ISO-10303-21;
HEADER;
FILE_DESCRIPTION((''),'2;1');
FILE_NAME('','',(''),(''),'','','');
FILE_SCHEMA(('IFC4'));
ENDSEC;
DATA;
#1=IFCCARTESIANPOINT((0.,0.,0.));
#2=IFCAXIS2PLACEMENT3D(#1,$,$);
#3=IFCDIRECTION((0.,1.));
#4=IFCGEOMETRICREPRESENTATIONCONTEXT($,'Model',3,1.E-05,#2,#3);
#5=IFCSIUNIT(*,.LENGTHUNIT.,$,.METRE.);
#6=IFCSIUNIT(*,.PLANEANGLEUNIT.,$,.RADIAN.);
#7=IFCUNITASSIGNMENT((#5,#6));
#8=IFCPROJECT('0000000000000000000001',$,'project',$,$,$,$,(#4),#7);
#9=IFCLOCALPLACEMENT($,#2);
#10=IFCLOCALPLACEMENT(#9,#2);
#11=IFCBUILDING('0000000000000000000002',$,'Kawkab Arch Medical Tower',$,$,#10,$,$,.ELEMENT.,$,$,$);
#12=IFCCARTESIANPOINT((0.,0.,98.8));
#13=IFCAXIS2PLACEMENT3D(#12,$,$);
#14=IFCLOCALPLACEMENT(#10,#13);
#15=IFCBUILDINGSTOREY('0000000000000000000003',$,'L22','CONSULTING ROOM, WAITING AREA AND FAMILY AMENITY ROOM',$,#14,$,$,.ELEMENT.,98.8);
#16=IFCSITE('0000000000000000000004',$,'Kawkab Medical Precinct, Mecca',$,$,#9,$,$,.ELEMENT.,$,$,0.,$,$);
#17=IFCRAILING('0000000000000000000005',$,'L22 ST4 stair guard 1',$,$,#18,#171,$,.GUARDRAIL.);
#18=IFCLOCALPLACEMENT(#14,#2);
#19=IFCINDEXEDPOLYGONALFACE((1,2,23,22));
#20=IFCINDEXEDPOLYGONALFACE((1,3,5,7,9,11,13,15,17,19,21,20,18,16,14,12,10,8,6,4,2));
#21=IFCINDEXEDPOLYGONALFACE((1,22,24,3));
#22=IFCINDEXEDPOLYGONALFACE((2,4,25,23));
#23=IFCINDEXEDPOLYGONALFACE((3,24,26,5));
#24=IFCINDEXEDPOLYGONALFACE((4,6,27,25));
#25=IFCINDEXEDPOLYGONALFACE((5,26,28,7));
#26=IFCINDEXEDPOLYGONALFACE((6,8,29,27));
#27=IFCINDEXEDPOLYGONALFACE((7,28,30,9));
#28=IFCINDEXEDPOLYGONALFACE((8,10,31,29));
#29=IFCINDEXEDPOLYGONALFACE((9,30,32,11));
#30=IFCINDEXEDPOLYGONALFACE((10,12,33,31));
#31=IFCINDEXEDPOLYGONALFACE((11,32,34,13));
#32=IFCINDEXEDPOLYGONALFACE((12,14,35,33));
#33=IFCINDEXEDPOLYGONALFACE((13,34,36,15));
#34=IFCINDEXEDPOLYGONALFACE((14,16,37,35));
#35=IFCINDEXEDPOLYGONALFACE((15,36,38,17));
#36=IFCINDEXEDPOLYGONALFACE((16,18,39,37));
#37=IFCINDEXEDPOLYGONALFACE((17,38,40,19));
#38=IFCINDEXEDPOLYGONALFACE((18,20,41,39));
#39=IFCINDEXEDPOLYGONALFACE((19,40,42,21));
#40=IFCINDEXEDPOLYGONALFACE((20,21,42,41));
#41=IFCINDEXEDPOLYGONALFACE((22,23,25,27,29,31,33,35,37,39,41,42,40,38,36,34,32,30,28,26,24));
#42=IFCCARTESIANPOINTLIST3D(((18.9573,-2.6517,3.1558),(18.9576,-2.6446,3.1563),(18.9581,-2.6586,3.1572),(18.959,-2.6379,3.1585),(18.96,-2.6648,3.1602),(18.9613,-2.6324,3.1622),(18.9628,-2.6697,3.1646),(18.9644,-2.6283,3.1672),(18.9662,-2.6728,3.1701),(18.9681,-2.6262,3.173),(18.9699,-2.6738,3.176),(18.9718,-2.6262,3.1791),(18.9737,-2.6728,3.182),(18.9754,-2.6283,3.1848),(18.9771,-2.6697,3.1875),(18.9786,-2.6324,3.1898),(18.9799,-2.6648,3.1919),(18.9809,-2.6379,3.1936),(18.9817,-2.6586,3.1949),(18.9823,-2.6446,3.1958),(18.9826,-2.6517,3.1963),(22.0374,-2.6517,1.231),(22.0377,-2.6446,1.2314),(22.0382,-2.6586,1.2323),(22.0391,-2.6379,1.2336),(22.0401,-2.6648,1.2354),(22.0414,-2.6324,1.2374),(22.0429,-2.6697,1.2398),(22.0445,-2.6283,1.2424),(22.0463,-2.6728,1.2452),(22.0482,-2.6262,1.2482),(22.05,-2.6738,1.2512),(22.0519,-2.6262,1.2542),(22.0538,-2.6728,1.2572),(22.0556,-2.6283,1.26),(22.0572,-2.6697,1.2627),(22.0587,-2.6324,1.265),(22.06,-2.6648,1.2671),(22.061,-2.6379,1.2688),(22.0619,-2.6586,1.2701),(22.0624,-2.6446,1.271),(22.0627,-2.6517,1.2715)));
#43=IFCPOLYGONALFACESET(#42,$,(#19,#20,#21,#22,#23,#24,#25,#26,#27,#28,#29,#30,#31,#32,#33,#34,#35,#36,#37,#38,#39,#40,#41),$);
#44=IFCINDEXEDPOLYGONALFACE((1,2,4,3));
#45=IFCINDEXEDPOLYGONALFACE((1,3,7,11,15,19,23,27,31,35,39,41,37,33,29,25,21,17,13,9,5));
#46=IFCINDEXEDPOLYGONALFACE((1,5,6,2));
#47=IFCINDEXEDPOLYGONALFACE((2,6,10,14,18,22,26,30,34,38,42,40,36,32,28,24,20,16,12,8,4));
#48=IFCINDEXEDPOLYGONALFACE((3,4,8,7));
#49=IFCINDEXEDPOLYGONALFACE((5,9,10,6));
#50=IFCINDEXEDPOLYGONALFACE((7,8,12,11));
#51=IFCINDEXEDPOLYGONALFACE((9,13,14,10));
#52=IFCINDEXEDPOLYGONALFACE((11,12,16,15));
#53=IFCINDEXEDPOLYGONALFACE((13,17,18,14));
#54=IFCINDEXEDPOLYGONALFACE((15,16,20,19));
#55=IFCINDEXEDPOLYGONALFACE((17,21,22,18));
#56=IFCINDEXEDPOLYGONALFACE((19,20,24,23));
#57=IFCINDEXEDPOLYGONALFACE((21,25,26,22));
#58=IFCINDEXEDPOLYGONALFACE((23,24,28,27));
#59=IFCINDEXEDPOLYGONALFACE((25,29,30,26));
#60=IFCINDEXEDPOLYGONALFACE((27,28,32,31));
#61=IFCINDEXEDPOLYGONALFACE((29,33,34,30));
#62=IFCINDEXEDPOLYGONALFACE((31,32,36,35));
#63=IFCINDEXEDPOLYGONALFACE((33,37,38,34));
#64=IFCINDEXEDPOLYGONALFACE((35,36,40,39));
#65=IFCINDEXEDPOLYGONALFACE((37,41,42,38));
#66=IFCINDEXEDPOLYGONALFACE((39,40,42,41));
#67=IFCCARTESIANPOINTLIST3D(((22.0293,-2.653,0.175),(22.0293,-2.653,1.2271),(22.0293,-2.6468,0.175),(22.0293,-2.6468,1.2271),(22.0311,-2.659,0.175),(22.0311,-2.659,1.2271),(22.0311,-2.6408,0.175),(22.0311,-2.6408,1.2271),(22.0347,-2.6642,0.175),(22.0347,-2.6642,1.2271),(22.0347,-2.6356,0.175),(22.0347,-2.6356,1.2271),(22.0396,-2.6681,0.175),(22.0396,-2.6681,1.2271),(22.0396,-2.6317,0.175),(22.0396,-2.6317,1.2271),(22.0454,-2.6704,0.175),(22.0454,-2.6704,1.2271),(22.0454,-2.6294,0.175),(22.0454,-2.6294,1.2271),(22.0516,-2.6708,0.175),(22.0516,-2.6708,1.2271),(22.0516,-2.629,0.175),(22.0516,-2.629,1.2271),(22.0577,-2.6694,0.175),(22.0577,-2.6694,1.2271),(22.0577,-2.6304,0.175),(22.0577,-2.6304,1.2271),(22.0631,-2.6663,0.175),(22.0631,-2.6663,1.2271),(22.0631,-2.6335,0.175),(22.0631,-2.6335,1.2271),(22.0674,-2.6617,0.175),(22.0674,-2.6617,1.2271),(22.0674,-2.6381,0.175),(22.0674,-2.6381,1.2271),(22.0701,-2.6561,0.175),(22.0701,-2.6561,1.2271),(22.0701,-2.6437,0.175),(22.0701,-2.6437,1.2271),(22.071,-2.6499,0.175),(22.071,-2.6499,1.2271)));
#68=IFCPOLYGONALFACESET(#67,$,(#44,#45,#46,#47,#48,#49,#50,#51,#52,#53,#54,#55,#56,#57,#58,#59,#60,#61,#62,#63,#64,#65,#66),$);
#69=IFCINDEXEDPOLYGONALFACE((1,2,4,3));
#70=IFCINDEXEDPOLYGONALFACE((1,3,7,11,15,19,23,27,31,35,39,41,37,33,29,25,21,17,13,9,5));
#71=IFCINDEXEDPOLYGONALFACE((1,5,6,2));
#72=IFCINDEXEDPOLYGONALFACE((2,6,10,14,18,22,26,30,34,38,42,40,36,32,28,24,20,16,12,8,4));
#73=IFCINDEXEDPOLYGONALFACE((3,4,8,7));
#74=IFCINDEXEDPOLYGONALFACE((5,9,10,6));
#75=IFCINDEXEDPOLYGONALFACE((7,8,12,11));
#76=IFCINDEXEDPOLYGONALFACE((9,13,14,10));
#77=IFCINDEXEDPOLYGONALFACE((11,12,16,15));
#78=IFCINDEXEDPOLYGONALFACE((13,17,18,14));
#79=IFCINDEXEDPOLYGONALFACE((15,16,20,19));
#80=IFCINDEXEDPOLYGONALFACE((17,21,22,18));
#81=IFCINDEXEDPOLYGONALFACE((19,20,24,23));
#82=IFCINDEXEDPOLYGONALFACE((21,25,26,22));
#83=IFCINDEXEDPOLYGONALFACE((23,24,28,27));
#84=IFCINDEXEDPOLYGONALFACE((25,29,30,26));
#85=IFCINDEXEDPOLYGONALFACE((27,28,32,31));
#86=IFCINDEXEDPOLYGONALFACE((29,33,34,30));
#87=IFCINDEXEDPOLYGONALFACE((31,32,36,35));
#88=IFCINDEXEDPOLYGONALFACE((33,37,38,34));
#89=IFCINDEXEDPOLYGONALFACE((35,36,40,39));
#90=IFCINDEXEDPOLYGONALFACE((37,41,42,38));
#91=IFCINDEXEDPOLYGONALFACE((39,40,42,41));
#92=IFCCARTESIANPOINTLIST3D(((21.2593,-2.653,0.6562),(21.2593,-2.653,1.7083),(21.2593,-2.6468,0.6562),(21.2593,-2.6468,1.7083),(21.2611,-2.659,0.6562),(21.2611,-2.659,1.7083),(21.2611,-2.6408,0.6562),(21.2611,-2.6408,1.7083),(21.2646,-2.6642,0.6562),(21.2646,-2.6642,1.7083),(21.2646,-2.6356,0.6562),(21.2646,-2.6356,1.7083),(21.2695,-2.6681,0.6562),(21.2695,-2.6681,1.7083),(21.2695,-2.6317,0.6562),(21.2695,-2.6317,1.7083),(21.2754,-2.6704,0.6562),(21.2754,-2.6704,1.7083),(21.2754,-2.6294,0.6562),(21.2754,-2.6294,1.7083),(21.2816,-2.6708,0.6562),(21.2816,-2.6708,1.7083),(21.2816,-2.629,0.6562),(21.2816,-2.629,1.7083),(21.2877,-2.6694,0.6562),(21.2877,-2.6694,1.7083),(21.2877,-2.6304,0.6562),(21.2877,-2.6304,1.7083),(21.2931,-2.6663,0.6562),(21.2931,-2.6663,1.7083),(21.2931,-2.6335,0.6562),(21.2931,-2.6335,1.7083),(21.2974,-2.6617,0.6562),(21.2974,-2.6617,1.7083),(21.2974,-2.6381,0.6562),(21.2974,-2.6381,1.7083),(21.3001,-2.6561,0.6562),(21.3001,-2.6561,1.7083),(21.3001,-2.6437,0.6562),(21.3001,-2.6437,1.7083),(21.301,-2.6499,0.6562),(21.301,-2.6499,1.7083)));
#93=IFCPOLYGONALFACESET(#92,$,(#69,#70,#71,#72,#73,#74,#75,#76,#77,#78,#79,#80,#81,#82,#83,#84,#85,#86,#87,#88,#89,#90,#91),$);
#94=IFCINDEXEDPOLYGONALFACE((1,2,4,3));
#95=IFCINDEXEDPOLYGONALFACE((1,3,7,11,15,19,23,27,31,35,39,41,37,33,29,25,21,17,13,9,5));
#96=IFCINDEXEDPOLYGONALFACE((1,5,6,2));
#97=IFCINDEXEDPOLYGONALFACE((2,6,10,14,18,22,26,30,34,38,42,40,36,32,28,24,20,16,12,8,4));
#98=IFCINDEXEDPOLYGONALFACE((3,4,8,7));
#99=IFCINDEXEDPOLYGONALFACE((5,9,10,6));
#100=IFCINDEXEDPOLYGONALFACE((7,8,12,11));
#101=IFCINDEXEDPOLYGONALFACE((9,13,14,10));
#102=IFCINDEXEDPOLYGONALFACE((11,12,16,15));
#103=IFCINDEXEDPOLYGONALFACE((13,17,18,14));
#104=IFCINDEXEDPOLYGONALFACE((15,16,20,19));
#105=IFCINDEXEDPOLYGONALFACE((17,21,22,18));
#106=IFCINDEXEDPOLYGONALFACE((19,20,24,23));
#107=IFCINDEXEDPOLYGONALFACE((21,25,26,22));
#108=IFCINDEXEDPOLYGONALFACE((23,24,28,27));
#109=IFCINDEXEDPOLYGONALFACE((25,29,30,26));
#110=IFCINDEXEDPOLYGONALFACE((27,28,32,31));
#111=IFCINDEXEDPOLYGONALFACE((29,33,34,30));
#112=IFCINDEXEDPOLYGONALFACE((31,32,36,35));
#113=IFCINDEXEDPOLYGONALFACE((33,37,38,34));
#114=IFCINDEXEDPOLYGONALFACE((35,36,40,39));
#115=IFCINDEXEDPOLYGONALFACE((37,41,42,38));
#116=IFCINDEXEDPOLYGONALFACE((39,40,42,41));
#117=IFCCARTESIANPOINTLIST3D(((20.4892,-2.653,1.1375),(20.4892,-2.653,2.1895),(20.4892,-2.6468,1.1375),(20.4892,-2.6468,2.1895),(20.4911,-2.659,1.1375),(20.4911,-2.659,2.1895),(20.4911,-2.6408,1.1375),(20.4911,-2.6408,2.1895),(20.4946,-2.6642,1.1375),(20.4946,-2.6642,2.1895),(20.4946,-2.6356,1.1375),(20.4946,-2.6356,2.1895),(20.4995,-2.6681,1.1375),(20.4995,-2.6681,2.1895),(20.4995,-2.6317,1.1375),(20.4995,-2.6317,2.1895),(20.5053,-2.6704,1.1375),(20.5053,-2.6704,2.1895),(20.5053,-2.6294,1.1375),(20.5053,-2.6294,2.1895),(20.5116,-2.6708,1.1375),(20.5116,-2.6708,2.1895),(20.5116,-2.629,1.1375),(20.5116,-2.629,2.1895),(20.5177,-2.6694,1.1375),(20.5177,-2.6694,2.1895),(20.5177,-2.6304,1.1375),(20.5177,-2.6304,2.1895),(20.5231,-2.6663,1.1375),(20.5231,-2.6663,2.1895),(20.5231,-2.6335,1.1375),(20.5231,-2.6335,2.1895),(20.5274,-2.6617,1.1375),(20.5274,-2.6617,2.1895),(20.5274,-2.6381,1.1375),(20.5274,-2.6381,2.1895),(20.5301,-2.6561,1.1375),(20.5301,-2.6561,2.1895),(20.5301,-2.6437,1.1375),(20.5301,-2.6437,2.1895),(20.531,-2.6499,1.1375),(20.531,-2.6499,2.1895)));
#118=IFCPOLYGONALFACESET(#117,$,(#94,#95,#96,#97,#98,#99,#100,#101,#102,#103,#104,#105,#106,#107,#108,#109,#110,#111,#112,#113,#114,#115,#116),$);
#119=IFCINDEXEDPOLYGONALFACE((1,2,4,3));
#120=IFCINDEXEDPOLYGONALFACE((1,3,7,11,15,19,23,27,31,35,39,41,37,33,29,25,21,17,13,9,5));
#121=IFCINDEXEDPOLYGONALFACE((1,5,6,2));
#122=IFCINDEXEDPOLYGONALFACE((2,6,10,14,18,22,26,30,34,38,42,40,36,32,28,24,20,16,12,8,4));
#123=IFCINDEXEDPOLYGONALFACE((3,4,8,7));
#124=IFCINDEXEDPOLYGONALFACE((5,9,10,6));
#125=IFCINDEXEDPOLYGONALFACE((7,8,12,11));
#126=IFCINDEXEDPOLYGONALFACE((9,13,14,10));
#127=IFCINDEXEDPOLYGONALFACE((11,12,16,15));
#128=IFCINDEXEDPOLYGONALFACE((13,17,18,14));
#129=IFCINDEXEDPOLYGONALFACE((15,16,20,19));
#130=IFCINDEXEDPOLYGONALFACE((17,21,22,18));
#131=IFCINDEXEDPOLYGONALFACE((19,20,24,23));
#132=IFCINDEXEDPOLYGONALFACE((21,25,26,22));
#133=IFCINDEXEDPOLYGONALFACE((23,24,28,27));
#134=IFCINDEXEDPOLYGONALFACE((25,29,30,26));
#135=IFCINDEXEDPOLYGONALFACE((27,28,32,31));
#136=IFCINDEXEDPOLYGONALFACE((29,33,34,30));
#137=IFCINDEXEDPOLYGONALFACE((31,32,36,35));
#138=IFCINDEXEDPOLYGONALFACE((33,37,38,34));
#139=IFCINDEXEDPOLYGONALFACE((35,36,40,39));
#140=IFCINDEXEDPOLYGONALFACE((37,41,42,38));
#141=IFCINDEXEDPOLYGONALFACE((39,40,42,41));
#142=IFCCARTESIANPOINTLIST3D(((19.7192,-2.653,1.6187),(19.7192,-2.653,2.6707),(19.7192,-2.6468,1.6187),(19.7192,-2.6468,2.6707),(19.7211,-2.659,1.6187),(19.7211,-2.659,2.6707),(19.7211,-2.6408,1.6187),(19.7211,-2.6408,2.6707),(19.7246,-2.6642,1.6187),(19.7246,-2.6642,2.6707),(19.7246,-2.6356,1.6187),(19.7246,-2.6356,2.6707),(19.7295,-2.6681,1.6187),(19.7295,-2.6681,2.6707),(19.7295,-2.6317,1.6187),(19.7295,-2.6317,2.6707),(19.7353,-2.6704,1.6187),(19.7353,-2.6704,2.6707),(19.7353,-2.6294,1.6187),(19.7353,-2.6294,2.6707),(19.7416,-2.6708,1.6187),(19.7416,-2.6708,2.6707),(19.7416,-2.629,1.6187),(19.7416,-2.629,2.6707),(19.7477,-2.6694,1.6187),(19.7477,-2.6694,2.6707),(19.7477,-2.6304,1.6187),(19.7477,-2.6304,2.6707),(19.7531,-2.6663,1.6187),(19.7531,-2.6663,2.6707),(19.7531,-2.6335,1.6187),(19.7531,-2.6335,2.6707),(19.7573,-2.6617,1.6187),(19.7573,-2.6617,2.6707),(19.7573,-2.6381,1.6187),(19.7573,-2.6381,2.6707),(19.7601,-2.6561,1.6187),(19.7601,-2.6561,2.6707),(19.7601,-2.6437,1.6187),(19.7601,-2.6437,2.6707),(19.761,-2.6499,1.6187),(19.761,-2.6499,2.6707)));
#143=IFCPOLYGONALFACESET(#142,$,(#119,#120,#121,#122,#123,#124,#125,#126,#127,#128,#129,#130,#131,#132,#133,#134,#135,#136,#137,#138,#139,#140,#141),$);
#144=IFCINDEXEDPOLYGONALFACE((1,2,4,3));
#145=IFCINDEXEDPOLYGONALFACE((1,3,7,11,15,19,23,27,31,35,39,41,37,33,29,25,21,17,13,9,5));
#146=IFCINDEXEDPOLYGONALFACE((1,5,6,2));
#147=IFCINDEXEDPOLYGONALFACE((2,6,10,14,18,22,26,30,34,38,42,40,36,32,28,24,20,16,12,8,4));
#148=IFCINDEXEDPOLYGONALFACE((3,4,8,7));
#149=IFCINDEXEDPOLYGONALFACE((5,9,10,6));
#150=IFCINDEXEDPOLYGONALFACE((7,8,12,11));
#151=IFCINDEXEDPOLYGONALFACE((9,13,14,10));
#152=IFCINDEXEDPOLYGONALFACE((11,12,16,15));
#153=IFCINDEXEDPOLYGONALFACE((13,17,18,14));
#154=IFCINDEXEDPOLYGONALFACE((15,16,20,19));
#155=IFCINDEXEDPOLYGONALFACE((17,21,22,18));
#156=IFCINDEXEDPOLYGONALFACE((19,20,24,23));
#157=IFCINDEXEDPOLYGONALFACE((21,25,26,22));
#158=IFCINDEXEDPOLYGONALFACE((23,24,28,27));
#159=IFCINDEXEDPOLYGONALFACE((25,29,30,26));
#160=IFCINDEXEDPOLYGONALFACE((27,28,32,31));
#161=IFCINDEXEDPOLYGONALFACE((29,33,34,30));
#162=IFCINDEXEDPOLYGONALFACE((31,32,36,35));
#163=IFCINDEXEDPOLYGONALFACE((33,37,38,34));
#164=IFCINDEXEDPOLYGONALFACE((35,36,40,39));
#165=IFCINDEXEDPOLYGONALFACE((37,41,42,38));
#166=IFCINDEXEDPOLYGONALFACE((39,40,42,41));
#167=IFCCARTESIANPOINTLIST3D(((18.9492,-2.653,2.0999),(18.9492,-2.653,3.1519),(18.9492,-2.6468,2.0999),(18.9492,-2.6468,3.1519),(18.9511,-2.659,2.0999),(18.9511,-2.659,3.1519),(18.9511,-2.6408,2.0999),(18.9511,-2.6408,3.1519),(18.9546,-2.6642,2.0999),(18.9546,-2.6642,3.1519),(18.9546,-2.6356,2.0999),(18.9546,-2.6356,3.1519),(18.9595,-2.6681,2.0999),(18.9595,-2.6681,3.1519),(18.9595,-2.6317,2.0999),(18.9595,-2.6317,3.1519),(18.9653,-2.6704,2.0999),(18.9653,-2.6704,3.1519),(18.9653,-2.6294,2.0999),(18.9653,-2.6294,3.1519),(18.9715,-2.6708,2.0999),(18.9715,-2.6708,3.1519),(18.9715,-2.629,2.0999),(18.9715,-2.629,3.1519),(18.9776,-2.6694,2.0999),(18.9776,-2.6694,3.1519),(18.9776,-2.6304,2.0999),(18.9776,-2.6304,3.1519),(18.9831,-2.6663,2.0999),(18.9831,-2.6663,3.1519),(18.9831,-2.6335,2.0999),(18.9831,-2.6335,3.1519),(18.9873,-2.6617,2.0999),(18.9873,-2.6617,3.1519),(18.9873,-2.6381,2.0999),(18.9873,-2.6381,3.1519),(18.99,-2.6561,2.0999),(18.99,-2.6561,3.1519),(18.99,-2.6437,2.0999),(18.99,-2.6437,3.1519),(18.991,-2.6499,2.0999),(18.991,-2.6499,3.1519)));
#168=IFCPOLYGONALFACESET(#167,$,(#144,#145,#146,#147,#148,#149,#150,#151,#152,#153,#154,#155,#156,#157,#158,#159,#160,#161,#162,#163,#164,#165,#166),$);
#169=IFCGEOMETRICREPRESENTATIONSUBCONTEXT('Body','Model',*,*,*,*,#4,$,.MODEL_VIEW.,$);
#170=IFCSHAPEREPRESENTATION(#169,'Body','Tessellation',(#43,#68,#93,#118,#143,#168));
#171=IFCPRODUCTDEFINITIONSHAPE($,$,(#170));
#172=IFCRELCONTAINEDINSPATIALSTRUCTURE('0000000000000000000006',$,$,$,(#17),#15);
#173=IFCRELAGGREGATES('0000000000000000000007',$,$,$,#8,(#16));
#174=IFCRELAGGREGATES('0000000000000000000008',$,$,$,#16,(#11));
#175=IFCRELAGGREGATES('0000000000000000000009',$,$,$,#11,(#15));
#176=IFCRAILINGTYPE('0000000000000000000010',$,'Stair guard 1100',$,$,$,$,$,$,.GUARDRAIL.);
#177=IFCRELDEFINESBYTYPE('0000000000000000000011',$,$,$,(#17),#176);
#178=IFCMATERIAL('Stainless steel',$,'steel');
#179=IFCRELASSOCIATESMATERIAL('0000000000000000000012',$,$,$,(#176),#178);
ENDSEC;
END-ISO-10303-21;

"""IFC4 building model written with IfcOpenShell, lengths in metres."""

from ifc_helpers import new_model, si_unit, direction, frame, origin, origin_2d, place, context, subcontext, project, spatial, circle, extrude, material, type_object, element, save


model = new_model("IFC4")

# Units and contexts
model_context = context("Model", 3, precision=1e-05, world=origin(), true_north=direction((0.0, 1.0)))
body_context = subcontext(model_context, "Body", "Model", "MODEL_VIEW")
ifc_project = project(units=[si_unit("LENGTHUNIT", "METRE"), si_unit("PLANEANGLEUNIT", "RADIAN")], contexts=[model_context])

# Site, building, storey
site_placement = place(None, origin())
site = spatial("IfcSite", under=ifc_project, at=site_placement, Name="Kawkab Medical Precinct, Mecca", CompositionType="ELEMENT", RefElevation=0.0)
building_placement = place(site_placement, origin())
building = spatial("IfcBuilding", under=site, at=building_placement, Name="Kawkab Arch Medical Tower", CompositionType="ELEMENT")
storey_placement = place(building_placement, frame((0.0, 0.0, 98.8)))
storey = spatial("IfcBuildingStorey", under=building, at=storey_placement, Name="L22", Description="CONSULTING ROOM, WAITING AREA AND FAMILY AMENITY ROOM", CompositionType="ELEMENT", Elevation=98.8)

# Railing
ifc_material_1 = material(Name="Stainless steel", Category="steel")
railing_type = type_object("IfcRailingType", Name="Stair guard 1100", PredefinedType="GUARDRAIL", material=ifc_material_1)
railing_1_placement = place(storey_placement, frame((22.05, -2.6499, 0.175)))
element("IfcRailing", 1, at=railing_1_placement, inside=storey, type_object=railing_type, Name="L22 ST4 stair guard 1", PredefinedType="GUARDRAIL", context=body_context, shape_type="SweptSolid", body=[
    extrude(circle(Radius=0.0239, at=origin_2d()), frame((0.0, 0.0, 1.0762), z_axis=(-0.848029, 0.0, 0.529951), x_axis=(0.0, -1.0, 0.0)), (0.0, 0.0, 1.0), 3.6321),
    extrude(circle(Radius=0.021, at=origin_2d()), origin(), (0.0, 0.0, 1.0), 1.052),
    extrude(circle(Radius=0.021, at=origin_2d()), frame((-0.77, 0.0, 0.4812)), (0.0, 0.0, 1.0), 1.052),
    extrude(circle(Radius=0.021, at=origin_2d()), frame((-1.54, 0.0, 0.9624)), (0.0, 0.0, 1.0), 1.052),
    extrude(circle(Radius=0.021, at=origin_2d()), frame((-2.3101, 0.0, 1.4436)), (0.0, 0.0, 1.0), 1.052),
    extrude(circle(Radius=0.021, at=origin_2d()), frame((-3.0801, 0.0, 1.9248)), (0.0, 0.0, 1.0), 1.052),
])

save(model, "model.ifc")
